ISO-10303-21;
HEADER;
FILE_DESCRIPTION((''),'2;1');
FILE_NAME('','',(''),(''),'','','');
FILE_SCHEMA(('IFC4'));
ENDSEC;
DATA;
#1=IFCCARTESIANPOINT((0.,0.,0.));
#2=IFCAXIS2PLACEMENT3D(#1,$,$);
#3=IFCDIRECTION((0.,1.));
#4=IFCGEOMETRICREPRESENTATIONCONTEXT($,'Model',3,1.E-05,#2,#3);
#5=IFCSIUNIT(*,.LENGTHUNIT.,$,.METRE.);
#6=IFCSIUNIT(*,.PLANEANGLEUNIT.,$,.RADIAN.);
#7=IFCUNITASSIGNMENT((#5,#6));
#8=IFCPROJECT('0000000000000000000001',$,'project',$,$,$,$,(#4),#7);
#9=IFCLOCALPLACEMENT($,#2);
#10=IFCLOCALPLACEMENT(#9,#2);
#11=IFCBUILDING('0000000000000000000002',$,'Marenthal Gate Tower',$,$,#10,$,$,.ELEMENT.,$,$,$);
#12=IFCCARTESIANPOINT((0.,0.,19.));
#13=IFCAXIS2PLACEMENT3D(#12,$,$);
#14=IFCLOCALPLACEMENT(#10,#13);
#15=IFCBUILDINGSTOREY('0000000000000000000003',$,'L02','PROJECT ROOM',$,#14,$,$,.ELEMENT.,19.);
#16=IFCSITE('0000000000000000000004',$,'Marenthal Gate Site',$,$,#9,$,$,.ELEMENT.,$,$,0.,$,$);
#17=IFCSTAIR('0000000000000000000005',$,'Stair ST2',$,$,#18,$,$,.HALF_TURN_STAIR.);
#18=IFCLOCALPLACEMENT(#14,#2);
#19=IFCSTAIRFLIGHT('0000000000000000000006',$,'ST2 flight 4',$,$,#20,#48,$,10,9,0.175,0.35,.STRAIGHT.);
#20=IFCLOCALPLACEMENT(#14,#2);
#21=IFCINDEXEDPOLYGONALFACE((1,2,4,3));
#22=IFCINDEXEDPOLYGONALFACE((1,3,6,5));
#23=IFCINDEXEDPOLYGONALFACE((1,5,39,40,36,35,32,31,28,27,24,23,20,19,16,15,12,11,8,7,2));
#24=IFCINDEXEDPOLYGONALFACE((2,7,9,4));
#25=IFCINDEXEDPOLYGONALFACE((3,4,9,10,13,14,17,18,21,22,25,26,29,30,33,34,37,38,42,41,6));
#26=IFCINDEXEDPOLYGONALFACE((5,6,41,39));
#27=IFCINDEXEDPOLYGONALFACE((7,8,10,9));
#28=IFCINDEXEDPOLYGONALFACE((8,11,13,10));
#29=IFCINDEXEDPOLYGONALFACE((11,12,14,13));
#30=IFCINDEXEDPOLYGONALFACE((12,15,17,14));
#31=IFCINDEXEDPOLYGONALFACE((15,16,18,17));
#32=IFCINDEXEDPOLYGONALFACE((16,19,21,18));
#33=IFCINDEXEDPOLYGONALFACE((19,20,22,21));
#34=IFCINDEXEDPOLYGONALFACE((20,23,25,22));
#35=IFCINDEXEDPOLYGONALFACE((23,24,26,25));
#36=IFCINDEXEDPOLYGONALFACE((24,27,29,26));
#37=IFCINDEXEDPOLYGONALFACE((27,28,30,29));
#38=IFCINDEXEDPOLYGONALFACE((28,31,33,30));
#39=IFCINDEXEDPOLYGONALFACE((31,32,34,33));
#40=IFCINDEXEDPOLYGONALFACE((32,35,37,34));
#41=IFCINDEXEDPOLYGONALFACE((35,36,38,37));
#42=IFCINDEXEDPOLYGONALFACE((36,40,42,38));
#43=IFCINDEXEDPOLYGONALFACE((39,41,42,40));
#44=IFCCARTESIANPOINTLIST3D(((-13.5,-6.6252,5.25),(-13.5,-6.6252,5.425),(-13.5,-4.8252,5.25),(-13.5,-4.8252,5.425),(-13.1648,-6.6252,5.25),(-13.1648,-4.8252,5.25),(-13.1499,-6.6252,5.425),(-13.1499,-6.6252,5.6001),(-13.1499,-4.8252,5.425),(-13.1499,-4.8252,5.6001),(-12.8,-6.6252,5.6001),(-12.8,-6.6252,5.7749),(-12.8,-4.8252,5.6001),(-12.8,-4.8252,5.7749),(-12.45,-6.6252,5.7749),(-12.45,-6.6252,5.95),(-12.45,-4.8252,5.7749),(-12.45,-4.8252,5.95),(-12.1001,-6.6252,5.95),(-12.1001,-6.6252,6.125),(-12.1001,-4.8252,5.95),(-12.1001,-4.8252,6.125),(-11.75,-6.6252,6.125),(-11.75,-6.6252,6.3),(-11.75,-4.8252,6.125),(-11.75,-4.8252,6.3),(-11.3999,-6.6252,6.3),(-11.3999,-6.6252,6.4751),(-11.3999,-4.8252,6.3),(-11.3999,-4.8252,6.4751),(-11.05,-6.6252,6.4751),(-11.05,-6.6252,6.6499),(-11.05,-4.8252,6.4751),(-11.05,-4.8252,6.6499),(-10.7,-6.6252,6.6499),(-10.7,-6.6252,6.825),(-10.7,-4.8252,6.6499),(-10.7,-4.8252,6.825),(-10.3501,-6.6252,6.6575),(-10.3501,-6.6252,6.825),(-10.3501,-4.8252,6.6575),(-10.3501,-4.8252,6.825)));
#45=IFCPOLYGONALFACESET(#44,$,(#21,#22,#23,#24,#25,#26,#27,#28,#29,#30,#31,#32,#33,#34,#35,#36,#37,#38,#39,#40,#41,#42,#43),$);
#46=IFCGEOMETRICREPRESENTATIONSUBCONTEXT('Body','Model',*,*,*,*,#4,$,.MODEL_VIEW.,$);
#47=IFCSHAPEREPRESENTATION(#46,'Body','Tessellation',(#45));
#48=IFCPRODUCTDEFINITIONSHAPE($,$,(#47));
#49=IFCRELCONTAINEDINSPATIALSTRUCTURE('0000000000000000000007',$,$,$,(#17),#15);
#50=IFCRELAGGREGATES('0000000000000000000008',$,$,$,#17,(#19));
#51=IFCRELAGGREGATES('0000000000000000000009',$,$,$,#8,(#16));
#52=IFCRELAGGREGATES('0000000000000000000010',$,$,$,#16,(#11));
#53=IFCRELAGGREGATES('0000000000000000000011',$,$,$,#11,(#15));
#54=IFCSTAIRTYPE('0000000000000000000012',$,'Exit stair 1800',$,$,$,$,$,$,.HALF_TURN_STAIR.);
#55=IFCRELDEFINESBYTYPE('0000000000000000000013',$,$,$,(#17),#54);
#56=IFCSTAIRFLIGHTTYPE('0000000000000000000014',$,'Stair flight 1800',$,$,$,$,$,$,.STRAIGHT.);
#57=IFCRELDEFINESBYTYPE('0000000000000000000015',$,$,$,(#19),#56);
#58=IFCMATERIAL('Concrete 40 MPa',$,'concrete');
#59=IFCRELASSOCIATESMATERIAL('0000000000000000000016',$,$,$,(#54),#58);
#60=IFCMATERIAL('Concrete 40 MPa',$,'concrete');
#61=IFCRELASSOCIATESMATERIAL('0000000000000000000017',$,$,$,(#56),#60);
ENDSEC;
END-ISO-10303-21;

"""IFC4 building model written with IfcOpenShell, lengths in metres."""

from ifc_helpers import new_model, si_unit, direction, frame, origin, place, context, subcontext, project, spatial, polyline, outline, extrude, material, type_object, element, aggregate, save


model = new_model("IFC4")

# Units and contexts
model_context = context("Model", 3, precision=1e-05, world=origin(), true_north=direction((0.0, 1.0)))
body_context = subcontext(model_context, "Body", "Model", "MODEL_VIEW")
ifc_project = project(units=[si_unit("LENGTHUNIT", "METRE"), si_unit("PLANEANGLEUNIT", "RADIAN")], contexts=[model_context])

# Site, building, storey
site_placement = place(None, origin())
site = spatial("IfcSite", under=ifc_project, at=site_placement, Name="Marenthal Gate Site", CompositionType="ELEMENT", RefElevation=0.0)
building_placement = place(site_placement, origin())
building = spatial("IfcBuilding", under=site, at=building_placement, Name="Marenthal Gate Tower", CompositionType="ELEMENT")
storey_placement = place(building_placement, frame((0.0, 0.0, 19.0)))
storey = spatial("IfcBuildingStorey", under=building, at=storey_placement, Name="L02", Description="PROJECT ROOM", CompositionType="ELEMENT", Elevation=19.0)

# Stair, stair flight
ifc_material_1 = material(Name="Concrete 40 MPa", Category="concrete")
stair_type = type_object("IfcStairType", Name="Exit stair 1800", PredefinedType="HALF_TURN_STAIR", material=ifc_material_1)
stair_placement = place(storey_placement, origin())
stair = element("IfcStair", 1, at=stair_placement, inside=storey, type_object=stair_type, Name="Stair ST2", PredefinedType="HALF_TURN_STAIR")
ifc_material_2 = material(Name="Concrete 40 MPa", Category="concrete")
stair_flight_type = type_object("IfcStairFlightType", Name="Stair flight 1800", PredefinedType="STRAIGHT", material=ifc_material_2)
stair_flight_1_placement = place(storey_placement, frame((-13.5, -5.7251, 5.25), z_axis=(0.0, 0.0, 1.0), x_axis=(1.0, 0.0, 0.0)))
stair_flight_1 = element("IfcStairFlight", 2, at=stair_flight_1_placement, type_object=stair_flight_type, Name="ST2 flight 4", NumberOfRisers=10, NumberOfTreads=9, PredefinedType="STRAIGHT", RiserHeight=0.175, TreadLength=0.35, context=body_context, shape_type="SweptSolid", body=[
    extrude(outline(polyline([(0.0, 0.0), (0.0, 0.175), (0.3501, 0.175), (0.3501, 0.3501), (0.7, 0.3501), (0.7, 0.5249), (1.05, 0.5249), (1.05, 0.7), (1.3999, 0.7), (1.3999, 0.875), (1.75, 0.875), (1.75, 1.05), (2.1001, 1.05), (2.1001, 1.2251), (2.45, 1.2251), (2.45, 1.3999), (2.8, 1.3999), (2.8, 1.575), (3.1499, 1.575), (3.1499, 1.75), (3.1499, 1.4075), (0.3352, 0.0), (0.0, 0.0)])), frame((0.0, 0.8999, 0.0), z_axis=(0.0, -1.0, 0.0), x_axis=(1.0, 0.0, 0.0)), (0.0, 0.0, 1.0), 1.8),
])
aggregate(stair, [stair_flight_1])

save(model, "model.ifc")
